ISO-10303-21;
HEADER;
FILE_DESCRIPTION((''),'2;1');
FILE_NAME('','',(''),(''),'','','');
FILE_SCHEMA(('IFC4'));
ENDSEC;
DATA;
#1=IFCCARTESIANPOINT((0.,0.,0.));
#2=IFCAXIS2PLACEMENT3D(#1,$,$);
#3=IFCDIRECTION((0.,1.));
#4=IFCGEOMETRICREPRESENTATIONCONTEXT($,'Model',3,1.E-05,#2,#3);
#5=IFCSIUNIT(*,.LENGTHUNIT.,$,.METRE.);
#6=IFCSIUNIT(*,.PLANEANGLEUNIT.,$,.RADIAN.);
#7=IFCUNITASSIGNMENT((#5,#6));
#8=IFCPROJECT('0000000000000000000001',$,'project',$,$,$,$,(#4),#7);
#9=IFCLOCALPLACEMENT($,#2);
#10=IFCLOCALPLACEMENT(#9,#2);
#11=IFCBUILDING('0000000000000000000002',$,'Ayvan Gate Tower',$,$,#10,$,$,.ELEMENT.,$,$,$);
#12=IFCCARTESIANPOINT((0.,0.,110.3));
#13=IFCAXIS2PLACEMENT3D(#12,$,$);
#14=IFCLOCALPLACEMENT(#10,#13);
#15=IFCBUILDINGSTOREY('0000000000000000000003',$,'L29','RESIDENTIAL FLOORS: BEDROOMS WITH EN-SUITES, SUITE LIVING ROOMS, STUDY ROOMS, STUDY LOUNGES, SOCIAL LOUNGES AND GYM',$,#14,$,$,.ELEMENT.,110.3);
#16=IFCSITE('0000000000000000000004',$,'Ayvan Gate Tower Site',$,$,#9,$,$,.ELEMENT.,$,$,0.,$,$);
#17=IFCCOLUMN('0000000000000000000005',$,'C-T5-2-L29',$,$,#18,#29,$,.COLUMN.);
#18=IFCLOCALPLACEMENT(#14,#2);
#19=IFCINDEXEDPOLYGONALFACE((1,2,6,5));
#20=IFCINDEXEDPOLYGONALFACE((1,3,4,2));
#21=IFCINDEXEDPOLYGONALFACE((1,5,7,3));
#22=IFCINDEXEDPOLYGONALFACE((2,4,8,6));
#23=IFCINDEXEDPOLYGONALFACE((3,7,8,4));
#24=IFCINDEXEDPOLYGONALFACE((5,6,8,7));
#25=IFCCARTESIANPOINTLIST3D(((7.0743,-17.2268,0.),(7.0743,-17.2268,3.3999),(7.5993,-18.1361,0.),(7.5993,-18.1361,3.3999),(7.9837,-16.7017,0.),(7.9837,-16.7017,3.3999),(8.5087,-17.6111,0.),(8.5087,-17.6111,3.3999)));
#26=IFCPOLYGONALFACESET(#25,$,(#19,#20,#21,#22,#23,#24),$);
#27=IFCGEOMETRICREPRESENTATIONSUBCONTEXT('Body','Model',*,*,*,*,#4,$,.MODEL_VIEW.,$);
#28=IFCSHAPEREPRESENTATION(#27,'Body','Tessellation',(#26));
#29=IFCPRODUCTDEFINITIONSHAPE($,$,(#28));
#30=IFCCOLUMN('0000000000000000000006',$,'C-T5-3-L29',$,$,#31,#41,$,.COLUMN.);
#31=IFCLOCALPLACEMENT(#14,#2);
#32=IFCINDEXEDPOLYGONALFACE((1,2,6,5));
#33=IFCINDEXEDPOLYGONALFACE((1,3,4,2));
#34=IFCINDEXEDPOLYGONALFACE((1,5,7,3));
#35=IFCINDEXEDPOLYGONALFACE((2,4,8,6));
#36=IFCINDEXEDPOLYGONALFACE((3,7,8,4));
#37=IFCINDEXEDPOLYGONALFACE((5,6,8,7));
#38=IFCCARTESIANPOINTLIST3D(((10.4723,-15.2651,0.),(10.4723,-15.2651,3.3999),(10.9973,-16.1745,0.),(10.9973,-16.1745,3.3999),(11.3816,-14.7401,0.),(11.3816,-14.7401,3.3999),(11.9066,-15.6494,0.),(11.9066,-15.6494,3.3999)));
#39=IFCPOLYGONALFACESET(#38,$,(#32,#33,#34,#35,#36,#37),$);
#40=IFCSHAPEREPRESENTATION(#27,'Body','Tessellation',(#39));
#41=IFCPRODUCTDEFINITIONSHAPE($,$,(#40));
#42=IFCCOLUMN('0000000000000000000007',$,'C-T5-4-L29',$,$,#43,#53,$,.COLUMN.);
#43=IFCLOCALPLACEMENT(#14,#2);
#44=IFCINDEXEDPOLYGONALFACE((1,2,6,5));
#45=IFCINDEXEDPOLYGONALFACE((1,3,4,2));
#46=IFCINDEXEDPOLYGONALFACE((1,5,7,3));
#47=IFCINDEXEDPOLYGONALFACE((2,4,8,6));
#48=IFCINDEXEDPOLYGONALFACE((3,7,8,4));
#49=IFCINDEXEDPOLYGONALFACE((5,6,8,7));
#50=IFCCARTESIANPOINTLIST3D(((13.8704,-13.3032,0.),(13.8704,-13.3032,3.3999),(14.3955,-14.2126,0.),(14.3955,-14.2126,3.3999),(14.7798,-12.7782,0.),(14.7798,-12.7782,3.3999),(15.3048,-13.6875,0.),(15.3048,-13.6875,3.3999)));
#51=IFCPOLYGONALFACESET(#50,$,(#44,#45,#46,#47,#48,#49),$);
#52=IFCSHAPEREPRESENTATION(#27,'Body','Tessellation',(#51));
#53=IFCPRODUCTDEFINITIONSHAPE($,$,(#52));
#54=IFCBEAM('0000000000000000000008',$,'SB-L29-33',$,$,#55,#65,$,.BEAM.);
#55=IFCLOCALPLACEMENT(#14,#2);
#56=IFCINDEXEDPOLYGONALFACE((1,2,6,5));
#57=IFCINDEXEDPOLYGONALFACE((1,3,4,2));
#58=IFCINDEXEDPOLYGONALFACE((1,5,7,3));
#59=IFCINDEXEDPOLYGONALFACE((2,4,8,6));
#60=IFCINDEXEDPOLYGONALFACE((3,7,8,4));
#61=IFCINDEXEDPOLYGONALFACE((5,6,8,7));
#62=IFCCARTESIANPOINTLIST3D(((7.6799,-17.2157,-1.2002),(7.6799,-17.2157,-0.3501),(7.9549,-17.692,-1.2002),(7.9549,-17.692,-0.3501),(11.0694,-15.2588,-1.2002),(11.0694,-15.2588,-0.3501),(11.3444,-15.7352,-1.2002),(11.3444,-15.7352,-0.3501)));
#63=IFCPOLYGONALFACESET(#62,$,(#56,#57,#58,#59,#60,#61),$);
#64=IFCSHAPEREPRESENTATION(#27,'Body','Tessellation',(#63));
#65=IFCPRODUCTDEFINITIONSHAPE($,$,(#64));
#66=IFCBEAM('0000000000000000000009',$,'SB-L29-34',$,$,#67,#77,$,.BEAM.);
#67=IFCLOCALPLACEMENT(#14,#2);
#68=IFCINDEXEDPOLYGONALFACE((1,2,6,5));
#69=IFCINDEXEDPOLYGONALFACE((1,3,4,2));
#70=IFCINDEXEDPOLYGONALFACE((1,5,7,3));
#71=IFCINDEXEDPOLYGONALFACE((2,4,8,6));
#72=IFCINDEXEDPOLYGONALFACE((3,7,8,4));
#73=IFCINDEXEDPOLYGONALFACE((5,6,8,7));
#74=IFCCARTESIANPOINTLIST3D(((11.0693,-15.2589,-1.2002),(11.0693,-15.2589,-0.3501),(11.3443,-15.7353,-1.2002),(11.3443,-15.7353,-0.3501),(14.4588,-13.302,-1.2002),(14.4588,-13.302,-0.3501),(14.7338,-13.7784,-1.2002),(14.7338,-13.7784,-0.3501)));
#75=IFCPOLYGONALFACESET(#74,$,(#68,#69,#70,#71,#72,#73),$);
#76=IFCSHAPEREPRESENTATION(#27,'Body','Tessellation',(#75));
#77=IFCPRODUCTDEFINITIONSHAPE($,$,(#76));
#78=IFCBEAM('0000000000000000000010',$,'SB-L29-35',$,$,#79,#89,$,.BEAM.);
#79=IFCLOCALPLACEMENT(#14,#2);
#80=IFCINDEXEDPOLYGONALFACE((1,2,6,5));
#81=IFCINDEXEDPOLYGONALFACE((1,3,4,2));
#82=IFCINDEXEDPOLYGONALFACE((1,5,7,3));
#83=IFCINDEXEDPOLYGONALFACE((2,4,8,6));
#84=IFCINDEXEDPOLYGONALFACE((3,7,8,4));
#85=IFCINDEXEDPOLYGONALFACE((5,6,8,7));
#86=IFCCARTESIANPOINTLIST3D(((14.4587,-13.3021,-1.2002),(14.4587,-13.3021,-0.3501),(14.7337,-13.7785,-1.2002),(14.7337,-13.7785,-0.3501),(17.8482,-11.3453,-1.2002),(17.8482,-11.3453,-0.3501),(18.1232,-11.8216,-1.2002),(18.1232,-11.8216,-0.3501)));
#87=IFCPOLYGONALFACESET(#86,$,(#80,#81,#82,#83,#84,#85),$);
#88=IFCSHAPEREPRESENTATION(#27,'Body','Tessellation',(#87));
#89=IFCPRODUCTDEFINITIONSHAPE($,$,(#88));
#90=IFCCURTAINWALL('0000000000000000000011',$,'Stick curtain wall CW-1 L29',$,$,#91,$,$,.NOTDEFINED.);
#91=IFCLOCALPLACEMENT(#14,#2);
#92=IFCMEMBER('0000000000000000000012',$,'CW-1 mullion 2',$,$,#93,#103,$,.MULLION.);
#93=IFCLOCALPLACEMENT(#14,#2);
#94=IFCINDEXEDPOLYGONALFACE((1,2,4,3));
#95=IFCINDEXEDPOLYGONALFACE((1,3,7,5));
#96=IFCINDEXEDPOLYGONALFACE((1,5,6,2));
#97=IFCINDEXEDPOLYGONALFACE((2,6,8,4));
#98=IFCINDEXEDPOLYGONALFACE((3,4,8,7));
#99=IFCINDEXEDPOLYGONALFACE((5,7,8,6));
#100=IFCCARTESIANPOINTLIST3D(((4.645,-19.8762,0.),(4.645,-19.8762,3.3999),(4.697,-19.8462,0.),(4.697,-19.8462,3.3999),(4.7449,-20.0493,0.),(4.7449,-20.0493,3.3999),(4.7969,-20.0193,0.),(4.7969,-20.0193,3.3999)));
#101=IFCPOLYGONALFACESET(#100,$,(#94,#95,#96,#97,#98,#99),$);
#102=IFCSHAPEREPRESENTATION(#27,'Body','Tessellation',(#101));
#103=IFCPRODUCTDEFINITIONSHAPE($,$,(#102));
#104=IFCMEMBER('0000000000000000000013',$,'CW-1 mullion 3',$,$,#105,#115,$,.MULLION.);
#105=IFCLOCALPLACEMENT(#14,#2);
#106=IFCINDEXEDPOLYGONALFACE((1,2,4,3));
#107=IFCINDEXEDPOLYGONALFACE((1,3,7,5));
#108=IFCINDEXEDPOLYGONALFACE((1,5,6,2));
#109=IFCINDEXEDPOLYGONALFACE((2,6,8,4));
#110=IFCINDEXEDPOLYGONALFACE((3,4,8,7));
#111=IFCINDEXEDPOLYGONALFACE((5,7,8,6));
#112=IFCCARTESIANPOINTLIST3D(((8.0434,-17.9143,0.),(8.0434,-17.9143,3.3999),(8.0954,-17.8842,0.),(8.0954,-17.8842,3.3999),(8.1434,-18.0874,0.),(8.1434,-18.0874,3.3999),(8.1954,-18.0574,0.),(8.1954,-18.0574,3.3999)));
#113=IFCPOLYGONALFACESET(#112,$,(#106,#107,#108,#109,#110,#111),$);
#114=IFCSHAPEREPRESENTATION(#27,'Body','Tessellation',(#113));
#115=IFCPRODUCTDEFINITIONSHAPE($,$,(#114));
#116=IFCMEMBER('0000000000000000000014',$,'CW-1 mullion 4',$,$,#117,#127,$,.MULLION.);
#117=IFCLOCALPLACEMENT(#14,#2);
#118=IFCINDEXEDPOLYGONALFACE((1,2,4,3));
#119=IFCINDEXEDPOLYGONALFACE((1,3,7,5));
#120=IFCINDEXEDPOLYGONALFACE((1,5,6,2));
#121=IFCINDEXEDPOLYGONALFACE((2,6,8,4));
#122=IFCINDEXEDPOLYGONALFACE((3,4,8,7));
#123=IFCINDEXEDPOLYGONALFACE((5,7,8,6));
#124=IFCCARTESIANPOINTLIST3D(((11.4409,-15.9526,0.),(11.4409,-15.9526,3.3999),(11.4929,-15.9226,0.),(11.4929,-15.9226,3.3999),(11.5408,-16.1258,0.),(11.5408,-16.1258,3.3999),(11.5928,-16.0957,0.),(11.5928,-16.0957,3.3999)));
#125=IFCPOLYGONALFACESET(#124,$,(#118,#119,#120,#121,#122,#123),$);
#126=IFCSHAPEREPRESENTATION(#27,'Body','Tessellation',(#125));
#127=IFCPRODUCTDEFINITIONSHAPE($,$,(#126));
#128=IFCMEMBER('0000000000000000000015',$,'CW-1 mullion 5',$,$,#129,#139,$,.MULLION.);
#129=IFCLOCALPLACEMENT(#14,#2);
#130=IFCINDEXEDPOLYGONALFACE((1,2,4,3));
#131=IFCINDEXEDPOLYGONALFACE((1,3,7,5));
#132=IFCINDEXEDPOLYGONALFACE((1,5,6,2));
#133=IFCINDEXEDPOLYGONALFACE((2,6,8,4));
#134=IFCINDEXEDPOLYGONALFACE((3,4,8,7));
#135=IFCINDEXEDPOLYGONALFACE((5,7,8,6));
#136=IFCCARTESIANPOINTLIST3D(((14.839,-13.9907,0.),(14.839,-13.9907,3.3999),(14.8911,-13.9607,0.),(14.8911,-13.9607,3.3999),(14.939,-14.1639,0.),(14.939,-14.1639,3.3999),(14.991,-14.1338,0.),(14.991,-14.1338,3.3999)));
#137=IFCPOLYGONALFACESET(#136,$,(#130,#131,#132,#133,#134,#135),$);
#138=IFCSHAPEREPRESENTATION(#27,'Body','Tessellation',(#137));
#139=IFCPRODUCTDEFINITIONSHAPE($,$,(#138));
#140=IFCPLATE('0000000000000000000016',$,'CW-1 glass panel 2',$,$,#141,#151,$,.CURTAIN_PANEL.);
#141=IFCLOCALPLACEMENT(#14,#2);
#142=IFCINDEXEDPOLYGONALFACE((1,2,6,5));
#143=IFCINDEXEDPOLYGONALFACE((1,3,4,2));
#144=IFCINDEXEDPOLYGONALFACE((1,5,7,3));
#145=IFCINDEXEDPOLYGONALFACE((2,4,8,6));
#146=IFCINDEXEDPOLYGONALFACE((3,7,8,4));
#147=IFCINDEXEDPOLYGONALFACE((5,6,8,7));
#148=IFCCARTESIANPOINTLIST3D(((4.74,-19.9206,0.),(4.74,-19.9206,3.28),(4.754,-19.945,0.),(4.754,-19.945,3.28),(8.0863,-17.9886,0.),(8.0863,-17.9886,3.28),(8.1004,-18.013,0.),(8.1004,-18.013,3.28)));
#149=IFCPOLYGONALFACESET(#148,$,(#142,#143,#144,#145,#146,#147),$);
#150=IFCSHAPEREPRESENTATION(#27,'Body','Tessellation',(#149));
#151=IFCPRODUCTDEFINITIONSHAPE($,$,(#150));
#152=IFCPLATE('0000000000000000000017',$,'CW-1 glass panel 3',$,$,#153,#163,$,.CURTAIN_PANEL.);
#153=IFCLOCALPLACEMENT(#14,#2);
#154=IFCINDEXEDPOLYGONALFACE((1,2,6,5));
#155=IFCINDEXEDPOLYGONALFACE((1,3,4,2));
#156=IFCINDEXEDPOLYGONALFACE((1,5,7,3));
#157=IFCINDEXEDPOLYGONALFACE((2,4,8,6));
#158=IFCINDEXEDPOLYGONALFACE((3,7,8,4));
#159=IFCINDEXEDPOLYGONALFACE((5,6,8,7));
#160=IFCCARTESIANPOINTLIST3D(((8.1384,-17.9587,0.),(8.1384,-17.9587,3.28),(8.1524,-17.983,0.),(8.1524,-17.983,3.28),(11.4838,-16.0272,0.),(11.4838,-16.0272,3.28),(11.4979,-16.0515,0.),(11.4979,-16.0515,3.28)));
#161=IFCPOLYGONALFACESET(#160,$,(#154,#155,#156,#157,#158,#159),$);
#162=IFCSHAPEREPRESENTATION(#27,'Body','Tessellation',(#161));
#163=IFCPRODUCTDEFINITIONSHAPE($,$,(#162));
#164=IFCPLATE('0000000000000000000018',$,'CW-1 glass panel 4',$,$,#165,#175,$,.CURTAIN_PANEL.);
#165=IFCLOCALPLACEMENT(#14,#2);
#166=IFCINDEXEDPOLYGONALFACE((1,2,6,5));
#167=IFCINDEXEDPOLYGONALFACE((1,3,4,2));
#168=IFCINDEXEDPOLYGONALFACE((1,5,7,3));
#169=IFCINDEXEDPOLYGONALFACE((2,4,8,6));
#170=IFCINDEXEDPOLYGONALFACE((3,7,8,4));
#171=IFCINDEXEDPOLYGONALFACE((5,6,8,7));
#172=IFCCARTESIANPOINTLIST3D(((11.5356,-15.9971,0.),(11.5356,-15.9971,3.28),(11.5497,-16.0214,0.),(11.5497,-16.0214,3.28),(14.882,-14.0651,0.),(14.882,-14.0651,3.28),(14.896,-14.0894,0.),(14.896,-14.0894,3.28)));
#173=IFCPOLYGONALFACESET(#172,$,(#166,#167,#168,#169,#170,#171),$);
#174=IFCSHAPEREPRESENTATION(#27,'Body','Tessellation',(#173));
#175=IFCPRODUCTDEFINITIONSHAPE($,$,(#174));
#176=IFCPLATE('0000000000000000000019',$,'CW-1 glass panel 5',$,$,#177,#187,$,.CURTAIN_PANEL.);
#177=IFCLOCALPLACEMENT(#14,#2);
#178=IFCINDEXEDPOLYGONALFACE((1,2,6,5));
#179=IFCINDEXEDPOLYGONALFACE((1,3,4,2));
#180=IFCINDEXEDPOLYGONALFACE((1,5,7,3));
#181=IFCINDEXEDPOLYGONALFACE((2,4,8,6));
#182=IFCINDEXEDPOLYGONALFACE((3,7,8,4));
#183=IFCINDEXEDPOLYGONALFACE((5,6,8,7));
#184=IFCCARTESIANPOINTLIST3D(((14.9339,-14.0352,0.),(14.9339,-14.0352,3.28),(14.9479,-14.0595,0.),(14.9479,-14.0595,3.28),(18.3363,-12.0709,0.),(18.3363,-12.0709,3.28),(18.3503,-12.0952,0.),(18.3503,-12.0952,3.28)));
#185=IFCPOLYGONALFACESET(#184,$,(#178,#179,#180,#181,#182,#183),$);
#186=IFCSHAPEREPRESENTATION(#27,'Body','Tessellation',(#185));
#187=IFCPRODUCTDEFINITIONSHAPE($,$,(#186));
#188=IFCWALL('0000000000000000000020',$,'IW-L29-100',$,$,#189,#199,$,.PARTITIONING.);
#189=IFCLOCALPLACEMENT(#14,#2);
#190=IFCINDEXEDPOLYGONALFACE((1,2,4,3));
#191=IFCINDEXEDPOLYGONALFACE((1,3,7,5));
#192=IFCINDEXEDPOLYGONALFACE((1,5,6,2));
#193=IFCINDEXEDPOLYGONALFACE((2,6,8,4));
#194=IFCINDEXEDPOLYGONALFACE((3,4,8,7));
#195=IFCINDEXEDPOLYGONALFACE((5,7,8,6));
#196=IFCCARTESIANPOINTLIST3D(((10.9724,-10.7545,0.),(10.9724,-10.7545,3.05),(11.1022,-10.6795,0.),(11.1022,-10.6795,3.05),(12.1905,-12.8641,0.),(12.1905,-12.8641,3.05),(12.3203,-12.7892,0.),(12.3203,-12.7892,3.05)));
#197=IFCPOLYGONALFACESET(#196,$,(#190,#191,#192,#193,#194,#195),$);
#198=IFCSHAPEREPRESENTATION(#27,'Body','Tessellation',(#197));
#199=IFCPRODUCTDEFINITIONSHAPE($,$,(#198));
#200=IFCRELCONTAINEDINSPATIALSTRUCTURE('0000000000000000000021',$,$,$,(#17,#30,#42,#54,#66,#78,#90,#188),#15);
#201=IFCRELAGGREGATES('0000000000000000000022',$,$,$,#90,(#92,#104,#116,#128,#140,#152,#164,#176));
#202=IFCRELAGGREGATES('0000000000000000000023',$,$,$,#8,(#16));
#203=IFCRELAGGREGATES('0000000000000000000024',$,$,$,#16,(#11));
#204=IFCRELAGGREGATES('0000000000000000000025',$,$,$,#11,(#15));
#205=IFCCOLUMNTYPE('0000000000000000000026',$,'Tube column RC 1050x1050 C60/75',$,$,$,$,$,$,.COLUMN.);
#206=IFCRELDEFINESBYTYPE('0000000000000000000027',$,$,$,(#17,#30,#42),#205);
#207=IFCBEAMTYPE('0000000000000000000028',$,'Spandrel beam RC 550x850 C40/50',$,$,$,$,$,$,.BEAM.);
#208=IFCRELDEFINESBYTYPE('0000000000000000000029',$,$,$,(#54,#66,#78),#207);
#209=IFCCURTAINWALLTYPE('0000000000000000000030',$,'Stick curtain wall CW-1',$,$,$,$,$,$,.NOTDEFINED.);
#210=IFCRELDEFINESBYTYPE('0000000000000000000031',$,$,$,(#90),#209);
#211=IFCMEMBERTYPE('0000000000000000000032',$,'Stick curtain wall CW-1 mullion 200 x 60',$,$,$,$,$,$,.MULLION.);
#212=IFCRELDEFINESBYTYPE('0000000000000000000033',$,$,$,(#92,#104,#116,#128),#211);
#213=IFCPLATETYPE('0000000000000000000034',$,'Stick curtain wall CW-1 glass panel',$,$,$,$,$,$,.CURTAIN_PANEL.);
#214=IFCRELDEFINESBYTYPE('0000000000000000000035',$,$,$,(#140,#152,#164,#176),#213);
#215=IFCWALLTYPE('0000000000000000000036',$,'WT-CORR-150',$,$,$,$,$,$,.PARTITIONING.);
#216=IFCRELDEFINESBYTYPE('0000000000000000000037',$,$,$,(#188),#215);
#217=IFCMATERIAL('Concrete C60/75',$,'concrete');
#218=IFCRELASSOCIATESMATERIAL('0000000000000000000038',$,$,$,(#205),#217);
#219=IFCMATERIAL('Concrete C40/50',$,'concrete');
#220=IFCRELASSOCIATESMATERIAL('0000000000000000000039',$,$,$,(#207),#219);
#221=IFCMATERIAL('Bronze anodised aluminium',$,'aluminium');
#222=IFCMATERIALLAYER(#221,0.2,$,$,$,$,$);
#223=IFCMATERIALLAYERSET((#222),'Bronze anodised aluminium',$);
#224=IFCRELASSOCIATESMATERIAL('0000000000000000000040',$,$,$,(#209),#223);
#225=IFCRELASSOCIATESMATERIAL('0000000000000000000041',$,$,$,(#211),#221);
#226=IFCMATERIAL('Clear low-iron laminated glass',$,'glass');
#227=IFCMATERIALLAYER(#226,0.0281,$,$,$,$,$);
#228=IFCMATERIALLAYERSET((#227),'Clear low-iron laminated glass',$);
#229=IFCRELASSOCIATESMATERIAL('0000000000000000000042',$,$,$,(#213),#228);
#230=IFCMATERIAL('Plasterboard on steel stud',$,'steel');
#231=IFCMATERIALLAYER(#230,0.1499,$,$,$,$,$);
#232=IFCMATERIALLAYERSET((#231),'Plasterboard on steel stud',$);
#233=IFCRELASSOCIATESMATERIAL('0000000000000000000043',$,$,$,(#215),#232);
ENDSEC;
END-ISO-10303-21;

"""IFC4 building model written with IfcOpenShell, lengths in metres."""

from ifc_helpers import new_model, si_unit, direction, frame, frame_2d, origin, origin_2d, place, context, subcontext, project, spatial, rectangle, extrude, material, layer, layer_set, material_profile, profile_set, type_object, element, aggregate, save


model = new_model("IFC4")

# Units and contexts
model_context = context("Model", 3, precision=1e-05, world=origin(), true_north=direction((0.0, 1.0)))
body_context = subcontext(model_context, "Body", "Model", "MODEL_VIEW")
ifc_project = project(units=[si_unit("LENGTHUNIT", "METRE"), si_unit("PLANEANGLEUNIT", "RADIAN")], contexts=[model_context])

# Site, building, storey
site_placement = place(None, origin())
site = spatial("IfcSite", under=ifc_project, at=site_placement, Name="Ayvan Gate Tower Site", CompositionType="ELEMENT", RefElevation=0.0)
building_placement = place(site_placement, origin())
building = spatial("IfcBuilding", under=site, at=building_placement, Name="Ayvan Gate Tower", CompositionType="ELEMENT")
storey_placement = place(building_placement, frame((0.0, 0.0, 110.3)))
storey = spatial("IfcBuildingStorey", under=building, at=storey_placement, Name="L29", Description="RESIDENTIAL FLOORS: BEDROOMS WITH EN-SUITES, SUITE LIVING ROOMS, STUDY ROOMS, STUDY LOUNGES, SOCIAL LOUNGES AND GYM", CompositionType="ELEMENT", Elevation=110.3)

# Columns
ifc_material_1 = material(Name="Concrete C60/75", Category="concrete")
ifc_material_profile_1 = material_profile(ifc_material_1, rectangle(XDim=1.05, YDim=1.05, at=origin_2d()), Name="RC 1050x1050")
ifc_profile_set_1 = profile_set([ifc_material_profile_1], Name="Concrete C60/75")
column_type = type_object("IfcColumnType", Name="Tube column RC 1050x1050 C60/75", PredefinedType="COLUMN", material=ifc_profile_set_1)
for number, where, z_axis, x_axis, name in (
    (1, (7.7915, -17.4189, 0.0), (0.0, 0.0, 1.0), (0.5, -0.866025, 0.0), "C-T5-2-L29"),
    (2, (11.1895, -15.4573, 0.0), (0.0, 0.0, 1.0), (0.5, -0.866025, 0.0), "C-T5-3-L29"),
    (3, (14.5876, -13.4954, 0.0), (0.0, 0.0, 1.0), (0.5, -0.866025, 0.0), "C-T5-4-L29"),
):
    element("IfcColumn", number, at=place(storey_placement, frame(where, z_axis=z_axis, x_axis=x_axis)), inside=storey, type_object=column_type, Name=name, PredefinedType="COLUMN", context=body_context, shape_type="SweptSolid", body=[
        extrude(rectangle(XDim=1.05, YDim=1.05, at=origin_2d()), origin(), (0.0, 0.0, 1.0), 3.3999),
    ])

# Beams
ifc_material_2 = material(Name="Concrete C40/50", Category="concrete")
ifc_material_profile_2 = material_profile(ifc_material_2, rectangle(XDim=0.55, YDim=0.8501, at=origin_2d()), Name="RC 550x850")
ifc_profile_set_2 = profile_set([ifc_material_profile_2], Name="Concrete C40/50")
beam_type = type_object("IfcBeamType", Name="Spandrel beam RC 550x850 C40/50", PredefinedType="BEAM", material=ifc_profile_set_2)
for number, where, z_axis, x_axis, name in (
    (4, (7.8174, -17.4539, -0.7751), (0.866035, 0.499983, 0.0), (-0.499983, 0.866035, 0.0), "SB-L29-33"),
    (5, (11.2068, -15.4971, -0.7751), (0.866035, 0.499983, 0.0), (-0.499983, 0.866035, 0.0), "SB-L29-34"),
    (6, (14.5962, -13.5403, -0.7751), (0.866035, 0.499983, 0.0), (-0.499983, 0.866035, 0.0), "SB-L29-35"),
):
    element("IfcBeam", number, at=place(storey_placement, frame(where, z_axis=z_axis, x_axis=x_axis)), inside=storey, type_object=beam_type, Name=name, PredefinedType="BEAM", context=body_context, shape_type="SweptSolid", body=[
        extrude(rectangle(XDim=0.55, YDim=0.8501, at=origin_2d()), origin(), (0.0, 0.0, 1.0), 3.9138),
    ])

# Curtain wall, members, plates
ifc_material_3 = material(Name="Bronze anodised aluminium", Category="aluminium")
ifc_layer_1 = layer(ifc_material_3, 0.2)
ifc_layer_set_1 = layer_set([ifc_layer_1], Name="Bronze anodised aluminium")
curtain_wall_type = type_object("IfcCurtainWallType", Name="Stick curtain wall CW-1", PredefinedType="NOTDEFINED", material=ifc_layer_set_1)
curtain_wall_placement = place(storey_placement, origin())
curtain_wall = element("IfcCurtainWall", 7, at=curtain_wall_placement, inside=storey, type_object=curtain_wall_type, Name="Stick curtain wall CW-1 L29", PredefinedType="NOTDEFINED")
ifc_material_profile_3 = material_profile(ifc_material_3, rectangle(XDim=0.2, YDim=0.0601, at=origin_2d()), Name="Stick curtain wall CW-1 mullion 200 x 60")
ifc_profile_set_3 = profile_set([ifc_material_profile_3], Name="Bronze anodised aluminium")
member_type = type_object("IfcMemberType", Name="Stick curtain wall CW-1 mullion 200 x 60", PredefinedType="MULLION", material=ifc_profile_set_3)
member_1_placement = place(storey_placement, frame((4.7209, -19.9478, 0.0), z_axis=(0.0, 0.0, 1.0), x_axis=(0.5, -0.866025, 0.0)))
member_1 = element("IfcMember", 8, at=member_1_placement, type_object=member_type, Name="CW-1 mullion 2", PredefinedType="MULLION", context=body_context, shape_type="SweptSolid", body=[
    extrude(rectangle(XDim=0.2, YDim=0.0601, at=origin_2d()), origin(), (0.0, 0.0, 1.0), 3.3999),
])
member_2_placement = place(storey_placement, frame((8.1194, -17.9858, 0.0), z_axis=(0.0, 0.0, 1.0), x_axis=(0.5, -0.866025, 0.0)))
member_2 = element("IfcMember", 9, at=member_2_placement, type_object=member_type, Name="CW-1 mullion 3", PredefinedType="MULLION", context=body_context, shape_type="SweptSolid", body=[
    extrude(rectangle(XDim=0.2, YDim=0.0601, at=origin_2d()), origin(), (0.0, 0.0, 1.0), 3.3999),
])
member_3_placement = place(storey_placement, frame((11.5168, -16.0242, 0.0), z_axis=(0.0, 0.0, 1.0), x_axis=(0.5, -0.866025, 0.0)))
member_3 = element("IfcMember", 10, at=member_3_placement, type_object=member_type, Name="CW-1 mullion 4", PredefinedType="MULLION", context=body_context, shape_type="SweptSolid", body=[
    extrude(rectangle(XDim=0.2, YDim=0.0601, at=origin_2d()), origin(), (0.0, 0.0, 1.0), 3.3999),
])
member_4_placement = place(storey_placement, frame((14.915, -14.0623, 0.0), z_axis=(0.0, 0.0, 1.0), x_axis=(0.5, -0.866025, 0.0)))
member_4 = element("IfcMember", 11, at=member_4_placement, type_object=member_type, Name="CW-1 mullion 5", PredefinedType="MULLION", context=body_context, shape_type="SweptSolid", body=[
    extrude(rectangle(XDim=0.2, YDim=0.0601, at=origin_2d()), origin(), (0.0, 0.0, 1.0), 3.3999),
])
ifc_material_4 = material(Name="Clear low-iron laminated glass", Category="glass")
ifc_layer_2 = layer(ifc_material_4, 0.0281)
ifc_layer_set_2 = layer_set([ifc_layer_2], Name="Clear low-iron laminated glass")
plate_type = type_object("IfcPlateType", Name="Stick curtain wall CW-1 glass panel", PredefinedType="CURTAIN_PANEL", material=ifc_layer_set_2)
plate_1_placement = place(storey_placement, frame((6.4202, -18.9668, 0.0), z_axis=(0.0, 0.0, 1.0), x_axis=(0.866025, 0.5, 0.0)))
plate_1 = element("IfcPlate", 12, at=plate_1_placement, type_object=plate_type, Name="CW-1 glass panel 2", PredefinedType="CURTAIN_PANEL", context=body_context, shape_type="SweptSolid", body=[
    extrude(rectangle(XDim=3.864, YDim=0.0281, at=origin_2d()), origin(), (0.0, 0.0, 1.0), 3.28),
])
plate_2_placement = place(storey_placement, frame((9.8181, -17.0051, 0.0), z_axis=(0.0, 0.0, 1.0), x_axis=(0.866025, 0.5, 0.0)))
plate_2 = element("IfcPlate", 13, at=plate_2_placement, type_object=plate_type, Name="CW-1 glass panel 3", PredefinedType="CURTAIN_PANEL", context=body_context, shape_type="SweptSolid", body=[
    extrude(rectangle(XDim=3.863, YDim=0.0281, at=origin_2d()), origin(), (0.0, 0.0, 1.0), 3.28),
])
plate_3_placement = place(storey_placement, frame((13.2158, -15.0432, 0.0), z_axis=(0.0, 0.0, 1.0), x_axis=(0.866025, 0.5, 0.0)))
plate_3 = element("IfcPlate", 14, at=plate_3_placement, type_object=plate_type, Name="CW-1 glass panel 4", PredefinedType="CURTAIN_PANEL", context=body_context, shape_type="SweptSolid", body=[
    extrude(rectangle(XDim=3.864, YDim=0.0281, at=origin_2d()), origin(), (0.0, 0.0, 1.0), 3.28),
])
plate_4_placement = place(storey_placement, frame((16.6421, -13.0652, 0.0), z_axis=(0.0, 0.0, 1.0), x_axis=(0.866025, 0.5, 0.0)))
plate_4 = element("IfcPlate", 15, at=plate_4_placement, type_object=plate_type, Name="CW-1 glass panel 5", PredefinedType="CURTAIN_PANEL", context=body_context, shape_type="SweptSolid", body=[
    extrude(rectangle(XDim=3.9287, YDim=0.0281, at=origin_2d()), origin(), (0.0, 0.0, 1.0), 3.28),
])
aggregate(curtain_wall, [member_1, member_2, member_3, member_4, plate_1, plate_2, plate_3, plate_4])

# Wall
ifc_material_5 = material(Name="Plasterboard on steel stud", Category="steel")
ifc_layer_3 = layer(ifc_material_5, 0.1499)
ifc_layer_set_3 = layer_set([ifc_layer_3], Name="Plasterboard on steel stud")
wall_type_1 = type_object("IfcWallType", Name="WT-CORR-150", PredefinedType="PARTITIONING", material=ifc_layer_set_3)
wall_1_placement = place(storey_placement, frame((12.2554, -12.8267, 0.0), z_axis=(0.0, 0.0, 1.0), x_axis=(-0.500009, 0.86602, 0.0)))
element("IfcWall", 16, at=wall_1_placement, inside=storey, type_object=wall_type_1, Name="IW-L29-100", PredefinedType="PARTITIONING", context=body_context, shape_type="SweptSolid", body=[
    extrude(rectangle(XDim=2.436, YDim=0.1499, at=frame_2d((1.218, 0.0))), origin(), (0.0, 0.0, 1.0), 3.05),
])

save(model, "model.ifc")
